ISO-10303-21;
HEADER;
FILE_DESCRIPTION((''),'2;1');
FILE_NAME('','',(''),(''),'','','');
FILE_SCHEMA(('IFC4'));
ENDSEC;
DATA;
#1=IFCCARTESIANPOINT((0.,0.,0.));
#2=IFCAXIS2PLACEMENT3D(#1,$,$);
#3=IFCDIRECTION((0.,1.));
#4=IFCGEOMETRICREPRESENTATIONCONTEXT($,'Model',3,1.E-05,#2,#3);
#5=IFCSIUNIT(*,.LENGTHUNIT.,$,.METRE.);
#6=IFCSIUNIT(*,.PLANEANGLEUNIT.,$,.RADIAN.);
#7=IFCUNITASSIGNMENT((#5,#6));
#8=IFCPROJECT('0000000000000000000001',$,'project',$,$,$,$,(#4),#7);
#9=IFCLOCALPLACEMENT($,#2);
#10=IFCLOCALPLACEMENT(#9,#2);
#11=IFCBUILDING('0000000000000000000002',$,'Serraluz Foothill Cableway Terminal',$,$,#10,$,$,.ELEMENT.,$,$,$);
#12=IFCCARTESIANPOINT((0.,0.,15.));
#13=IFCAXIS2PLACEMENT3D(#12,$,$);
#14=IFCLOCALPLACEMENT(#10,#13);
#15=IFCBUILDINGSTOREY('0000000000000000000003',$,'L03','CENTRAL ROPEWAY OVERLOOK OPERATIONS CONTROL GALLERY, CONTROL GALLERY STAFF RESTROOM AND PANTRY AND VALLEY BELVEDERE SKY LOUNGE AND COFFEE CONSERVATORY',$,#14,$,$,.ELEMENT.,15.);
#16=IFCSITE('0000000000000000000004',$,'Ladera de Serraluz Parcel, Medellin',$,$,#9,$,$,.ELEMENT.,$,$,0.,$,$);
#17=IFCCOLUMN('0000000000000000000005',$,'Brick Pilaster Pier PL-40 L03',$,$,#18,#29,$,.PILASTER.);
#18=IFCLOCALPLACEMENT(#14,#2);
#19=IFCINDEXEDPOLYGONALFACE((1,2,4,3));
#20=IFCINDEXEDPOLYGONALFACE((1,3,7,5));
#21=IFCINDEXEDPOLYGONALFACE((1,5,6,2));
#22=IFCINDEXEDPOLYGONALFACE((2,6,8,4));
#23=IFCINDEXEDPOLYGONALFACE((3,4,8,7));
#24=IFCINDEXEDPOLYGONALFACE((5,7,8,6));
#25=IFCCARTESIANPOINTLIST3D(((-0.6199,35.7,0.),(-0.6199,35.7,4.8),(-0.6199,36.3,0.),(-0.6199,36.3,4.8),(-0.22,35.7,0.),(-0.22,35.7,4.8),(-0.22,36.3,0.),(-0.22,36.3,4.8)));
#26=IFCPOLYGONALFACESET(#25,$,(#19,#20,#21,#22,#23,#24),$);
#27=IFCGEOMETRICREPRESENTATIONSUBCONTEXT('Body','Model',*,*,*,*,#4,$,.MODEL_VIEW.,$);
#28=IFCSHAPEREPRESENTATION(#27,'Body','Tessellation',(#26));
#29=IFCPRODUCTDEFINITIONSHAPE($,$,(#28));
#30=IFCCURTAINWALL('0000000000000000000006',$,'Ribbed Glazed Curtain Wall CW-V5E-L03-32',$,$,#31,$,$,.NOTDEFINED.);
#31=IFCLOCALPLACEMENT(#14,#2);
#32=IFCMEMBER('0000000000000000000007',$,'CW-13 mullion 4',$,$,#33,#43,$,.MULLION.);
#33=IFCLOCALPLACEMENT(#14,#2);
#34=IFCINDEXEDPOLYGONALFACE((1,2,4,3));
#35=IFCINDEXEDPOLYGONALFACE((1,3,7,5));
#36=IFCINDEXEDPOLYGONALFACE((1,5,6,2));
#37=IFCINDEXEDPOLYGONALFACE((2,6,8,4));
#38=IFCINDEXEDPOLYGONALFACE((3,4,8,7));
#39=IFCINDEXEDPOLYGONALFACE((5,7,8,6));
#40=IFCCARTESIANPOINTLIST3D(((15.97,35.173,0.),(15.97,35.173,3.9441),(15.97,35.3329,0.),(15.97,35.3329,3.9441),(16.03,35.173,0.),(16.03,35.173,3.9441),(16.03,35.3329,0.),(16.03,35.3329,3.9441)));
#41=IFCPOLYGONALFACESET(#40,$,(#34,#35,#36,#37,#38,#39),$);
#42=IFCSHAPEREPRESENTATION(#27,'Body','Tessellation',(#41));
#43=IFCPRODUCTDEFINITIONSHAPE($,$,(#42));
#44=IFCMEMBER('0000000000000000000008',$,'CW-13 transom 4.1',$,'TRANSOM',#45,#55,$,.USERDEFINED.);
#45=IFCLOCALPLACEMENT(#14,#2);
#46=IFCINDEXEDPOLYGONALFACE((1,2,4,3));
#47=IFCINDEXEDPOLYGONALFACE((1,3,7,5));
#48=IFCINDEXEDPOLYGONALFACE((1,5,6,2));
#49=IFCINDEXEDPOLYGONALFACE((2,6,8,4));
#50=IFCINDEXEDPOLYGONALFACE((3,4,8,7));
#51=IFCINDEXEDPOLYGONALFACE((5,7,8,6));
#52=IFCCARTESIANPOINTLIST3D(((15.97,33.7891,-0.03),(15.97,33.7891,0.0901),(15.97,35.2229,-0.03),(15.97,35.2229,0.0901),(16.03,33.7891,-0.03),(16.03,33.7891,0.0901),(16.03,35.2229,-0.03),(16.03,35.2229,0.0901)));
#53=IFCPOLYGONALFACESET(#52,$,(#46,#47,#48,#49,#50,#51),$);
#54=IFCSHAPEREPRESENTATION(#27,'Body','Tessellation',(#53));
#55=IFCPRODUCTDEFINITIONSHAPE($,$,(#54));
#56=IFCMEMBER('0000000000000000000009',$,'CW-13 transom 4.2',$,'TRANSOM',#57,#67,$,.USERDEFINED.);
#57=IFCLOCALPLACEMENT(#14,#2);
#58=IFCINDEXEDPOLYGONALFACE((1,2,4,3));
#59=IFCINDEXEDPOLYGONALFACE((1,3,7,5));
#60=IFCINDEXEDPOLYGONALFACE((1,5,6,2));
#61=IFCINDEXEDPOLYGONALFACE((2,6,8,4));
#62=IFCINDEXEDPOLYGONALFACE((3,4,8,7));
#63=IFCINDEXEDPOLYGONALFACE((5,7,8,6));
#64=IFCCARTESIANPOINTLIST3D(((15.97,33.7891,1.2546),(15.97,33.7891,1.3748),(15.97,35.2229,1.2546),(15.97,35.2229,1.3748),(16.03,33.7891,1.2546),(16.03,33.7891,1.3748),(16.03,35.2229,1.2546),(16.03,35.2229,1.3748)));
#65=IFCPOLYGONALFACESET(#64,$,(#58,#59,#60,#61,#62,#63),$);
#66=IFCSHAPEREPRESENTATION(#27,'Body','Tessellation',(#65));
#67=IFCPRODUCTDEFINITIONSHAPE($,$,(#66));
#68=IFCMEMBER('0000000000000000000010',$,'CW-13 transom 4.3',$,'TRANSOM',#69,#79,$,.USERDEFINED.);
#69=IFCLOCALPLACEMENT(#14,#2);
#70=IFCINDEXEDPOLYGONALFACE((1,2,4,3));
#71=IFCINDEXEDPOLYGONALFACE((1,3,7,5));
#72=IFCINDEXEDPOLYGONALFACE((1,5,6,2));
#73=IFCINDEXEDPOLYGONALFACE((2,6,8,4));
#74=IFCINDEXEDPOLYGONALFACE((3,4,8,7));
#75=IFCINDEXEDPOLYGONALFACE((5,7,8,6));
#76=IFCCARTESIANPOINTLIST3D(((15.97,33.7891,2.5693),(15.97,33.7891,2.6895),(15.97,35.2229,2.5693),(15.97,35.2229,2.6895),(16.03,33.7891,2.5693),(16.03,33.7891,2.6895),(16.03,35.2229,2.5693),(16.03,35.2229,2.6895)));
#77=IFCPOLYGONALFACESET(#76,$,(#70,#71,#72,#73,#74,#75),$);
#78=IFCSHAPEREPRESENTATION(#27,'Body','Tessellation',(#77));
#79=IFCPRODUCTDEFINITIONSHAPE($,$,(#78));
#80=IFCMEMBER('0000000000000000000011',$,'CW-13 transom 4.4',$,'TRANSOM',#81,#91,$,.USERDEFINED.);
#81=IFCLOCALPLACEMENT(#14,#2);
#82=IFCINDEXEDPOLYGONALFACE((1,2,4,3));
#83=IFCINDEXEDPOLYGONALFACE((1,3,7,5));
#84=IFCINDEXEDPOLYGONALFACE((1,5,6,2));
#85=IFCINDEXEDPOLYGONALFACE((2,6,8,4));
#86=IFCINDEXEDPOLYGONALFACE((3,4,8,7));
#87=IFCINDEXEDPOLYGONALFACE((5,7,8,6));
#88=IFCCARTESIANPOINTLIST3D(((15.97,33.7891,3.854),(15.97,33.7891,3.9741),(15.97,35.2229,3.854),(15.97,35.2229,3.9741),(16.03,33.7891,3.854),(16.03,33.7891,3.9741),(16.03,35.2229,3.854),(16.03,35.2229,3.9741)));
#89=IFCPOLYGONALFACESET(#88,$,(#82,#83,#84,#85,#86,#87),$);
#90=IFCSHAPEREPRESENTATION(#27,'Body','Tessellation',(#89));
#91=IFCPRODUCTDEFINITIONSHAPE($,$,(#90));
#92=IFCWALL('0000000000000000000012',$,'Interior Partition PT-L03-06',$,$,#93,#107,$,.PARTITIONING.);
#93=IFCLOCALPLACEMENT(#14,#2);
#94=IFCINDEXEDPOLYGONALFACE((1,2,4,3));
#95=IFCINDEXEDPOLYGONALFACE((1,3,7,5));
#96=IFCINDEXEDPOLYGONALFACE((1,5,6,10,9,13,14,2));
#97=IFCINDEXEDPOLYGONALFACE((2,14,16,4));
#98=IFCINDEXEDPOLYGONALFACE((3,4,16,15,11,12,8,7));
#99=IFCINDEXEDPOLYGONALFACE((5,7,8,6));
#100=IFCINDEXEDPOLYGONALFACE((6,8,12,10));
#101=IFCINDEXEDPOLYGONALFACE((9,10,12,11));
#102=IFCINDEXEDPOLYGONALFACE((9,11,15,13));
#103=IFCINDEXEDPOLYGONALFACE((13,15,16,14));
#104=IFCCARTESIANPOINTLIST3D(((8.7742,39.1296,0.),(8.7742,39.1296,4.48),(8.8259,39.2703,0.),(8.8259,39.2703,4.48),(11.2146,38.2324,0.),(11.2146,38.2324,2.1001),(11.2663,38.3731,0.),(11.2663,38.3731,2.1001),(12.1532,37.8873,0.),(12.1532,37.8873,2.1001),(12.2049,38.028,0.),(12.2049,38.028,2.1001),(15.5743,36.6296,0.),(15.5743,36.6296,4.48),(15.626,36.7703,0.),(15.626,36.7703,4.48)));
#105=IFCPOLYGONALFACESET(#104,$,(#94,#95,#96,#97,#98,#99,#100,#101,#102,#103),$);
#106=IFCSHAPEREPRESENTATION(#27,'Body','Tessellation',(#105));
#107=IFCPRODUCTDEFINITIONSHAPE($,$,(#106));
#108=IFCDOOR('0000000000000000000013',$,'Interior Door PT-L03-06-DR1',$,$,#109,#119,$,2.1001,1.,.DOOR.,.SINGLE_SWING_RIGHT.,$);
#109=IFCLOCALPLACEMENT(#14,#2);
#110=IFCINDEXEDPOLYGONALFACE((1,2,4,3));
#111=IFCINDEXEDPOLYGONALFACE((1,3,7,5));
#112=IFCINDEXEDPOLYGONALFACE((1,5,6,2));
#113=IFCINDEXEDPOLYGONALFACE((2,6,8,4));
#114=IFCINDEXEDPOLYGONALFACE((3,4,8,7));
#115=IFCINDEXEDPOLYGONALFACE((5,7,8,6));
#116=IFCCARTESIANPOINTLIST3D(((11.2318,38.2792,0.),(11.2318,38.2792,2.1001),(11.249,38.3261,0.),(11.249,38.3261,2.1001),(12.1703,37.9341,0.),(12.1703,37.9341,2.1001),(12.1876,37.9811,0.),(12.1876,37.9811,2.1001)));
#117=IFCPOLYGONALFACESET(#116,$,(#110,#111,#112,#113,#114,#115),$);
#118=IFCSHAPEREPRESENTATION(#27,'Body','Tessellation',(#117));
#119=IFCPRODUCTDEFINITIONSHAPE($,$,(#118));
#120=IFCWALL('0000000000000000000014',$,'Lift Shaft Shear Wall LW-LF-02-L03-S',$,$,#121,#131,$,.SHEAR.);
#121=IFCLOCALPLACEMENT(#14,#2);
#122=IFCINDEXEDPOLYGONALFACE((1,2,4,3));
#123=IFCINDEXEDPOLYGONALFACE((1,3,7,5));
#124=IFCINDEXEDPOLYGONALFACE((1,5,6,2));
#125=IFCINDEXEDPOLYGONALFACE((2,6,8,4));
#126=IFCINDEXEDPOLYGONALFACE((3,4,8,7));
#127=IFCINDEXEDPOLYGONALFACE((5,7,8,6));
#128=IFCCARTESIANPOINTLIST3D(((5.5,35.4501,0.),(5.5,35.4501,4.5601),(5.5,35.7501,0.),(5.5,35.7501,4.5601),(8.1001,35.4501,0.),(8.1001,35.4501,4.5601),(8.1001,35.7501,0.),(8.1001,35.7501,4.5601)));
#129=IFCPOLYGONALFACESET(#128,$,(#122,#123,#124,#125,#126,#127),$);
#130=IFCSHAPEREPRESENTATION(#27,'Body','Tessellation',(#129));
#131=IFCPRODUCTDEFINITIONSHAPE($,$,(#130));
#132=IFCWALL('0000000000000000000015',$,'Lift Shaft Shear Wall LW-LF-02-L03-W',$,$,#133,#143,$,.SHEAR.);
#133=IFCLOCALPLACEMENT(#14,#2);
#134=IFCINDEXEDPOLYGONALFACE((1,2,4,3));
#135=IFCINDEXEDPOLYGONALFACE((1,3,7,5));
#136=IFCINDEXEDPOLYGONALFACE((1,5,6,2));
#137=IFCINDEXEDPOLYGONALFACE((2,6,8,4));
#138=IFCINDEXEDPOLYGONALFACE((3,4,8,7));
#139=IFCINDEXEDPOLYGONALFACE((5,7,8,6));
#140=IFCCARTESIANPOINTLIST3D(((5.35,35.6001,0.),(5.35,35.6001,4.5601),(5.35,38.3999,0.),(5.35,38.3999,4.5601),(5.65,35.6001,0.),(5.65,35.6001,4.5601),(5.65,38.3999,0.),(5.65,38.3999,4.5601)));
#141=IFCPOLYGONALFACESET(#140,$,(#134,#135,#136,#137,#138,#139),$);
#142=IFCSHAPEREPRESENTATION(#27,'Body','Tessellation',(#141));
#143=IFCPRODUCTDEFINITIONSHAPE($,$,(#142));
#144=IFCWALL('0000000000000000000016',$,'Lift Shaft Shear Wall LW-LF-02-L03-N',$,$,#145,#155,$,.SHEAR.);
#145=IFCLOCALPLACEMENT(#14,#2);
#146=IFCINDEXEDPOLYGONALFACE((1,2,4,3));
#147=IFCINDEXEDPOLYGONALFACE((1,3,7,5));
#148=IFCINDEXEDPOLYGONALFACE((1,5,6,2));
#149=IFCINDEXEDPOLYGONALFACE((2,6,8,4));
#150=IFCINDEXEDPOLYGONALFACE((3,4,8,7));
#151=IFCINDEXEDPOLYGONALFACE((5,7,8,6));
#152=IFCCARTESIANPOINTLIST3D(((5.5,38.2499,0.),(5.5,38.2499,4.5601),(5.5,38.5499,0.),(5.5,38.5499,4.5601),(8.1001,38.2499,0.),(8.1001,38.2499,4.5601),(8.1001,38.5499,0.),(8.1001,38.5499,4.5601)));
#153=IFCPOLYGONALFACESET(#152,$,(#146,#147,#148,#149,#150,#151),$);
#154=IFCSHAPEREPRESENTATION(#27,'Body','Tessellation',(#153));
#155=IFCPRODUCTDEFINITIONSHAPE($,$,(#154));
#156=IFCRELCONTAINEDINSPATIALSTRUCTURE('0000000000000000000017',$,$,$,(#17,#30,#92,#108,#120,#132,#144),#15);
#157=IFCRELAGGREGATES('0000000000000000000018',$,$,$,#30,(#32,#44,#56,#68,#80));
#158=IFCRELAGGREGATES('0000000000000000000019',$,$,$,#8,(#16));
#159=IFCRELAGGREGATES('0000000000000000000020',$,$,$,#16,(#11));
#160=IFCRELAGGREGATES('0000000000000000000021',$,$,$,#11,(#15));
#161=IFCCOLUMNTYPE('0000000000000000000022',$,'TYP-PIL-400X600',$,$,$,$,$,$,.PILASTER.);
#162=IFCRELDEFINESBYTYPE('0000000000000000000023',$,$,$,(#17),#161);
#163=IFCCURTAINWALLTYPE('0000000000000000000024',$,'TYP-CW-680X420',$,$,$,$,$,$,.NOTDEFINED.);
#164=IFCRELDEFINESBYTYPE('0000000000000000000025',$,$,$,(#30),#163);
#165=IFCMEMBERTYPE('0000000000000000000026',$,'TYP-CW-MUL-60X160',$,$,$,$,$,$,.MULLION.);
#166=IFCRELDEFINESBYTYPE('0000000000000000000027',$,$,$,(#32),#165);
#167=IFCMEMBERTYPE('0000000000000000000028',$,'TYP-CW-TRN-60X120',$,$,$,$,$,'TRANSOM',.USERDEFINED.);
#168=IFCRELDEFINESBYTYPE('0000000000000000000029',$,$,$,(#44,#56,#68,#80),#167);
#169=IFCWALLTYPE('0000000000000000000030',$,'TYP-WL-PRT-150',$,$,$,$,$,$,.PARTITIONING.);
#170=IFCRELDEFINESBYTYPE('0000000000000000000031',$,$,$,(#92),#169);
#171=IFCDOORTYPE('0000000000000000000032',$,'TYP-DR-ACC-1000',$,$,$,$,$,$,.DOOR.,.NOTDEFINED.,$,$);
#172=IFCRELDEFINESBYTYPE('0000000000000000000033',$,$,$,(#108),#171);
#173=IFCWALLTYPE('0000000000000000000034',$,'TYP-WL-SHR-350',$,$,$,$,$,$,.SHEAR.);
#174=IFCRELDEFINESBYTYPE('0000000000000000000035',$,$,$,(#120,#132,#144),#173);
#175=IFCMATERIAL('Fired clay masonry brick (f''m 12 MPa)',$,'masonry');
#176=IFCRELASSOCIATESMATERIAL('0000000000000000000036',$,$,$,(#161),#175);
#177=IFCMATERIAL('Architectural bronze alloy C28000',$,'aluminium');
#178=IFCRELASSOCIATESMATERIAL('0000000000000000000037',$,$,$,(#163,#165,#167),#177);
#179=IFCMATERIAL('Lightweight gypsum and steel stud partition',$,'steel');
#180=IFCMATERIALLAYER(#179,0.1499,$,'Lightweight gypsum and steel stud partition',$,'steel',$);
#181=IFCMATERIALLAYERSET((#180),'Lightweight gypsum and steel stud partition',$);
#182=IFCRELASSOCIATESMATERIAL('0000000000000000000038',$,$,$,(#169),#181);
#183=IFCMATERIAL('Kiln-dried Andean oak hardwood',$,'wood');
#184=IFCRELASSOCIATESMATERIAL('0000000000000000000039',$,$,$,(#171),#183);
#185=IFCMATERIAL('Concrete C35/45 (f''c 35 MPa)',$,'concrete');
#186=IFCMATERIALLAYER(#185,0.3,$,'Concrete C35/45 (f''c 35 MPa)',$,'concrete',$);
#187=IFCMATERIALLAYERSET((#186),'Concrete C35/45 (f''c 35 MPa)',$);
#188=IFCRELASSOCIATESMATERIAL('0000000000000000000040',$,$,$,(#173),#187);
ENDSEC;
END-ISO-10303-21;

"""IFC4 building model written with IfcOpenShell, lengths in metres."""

from ifc_helpers import new_model, si_unit, direction, frame, frame_2d, origin, origin_2d, place, context, subcontext, project, spatial, rectangle, extrude, material, layer, layer_set, material_profile, profile_set, type_object, element, fill, aggregate, save


model = new_model("IFC4")

# Units and contexts
model_context = context("Model", 3, precision=1e-05, world=origin(), true_north=direction((0.0, 1.0)))
body_context = subcontext(model_context, "Body", "Model", "MODEL_VIEW")
ifc_project = project(units=[si_unit("LENGTHUNIT", "METRE"), si_unit("PLANEANGLEUNIT", "RADIAN")], contexts=[model_context])

# Site, building, storey
site_placement = place(None, origin())
site = spatial("IfcSite", under=ifc_project, at=site_placement, Name="Ladera de Serraluz Parcel, Medellin", CompositionType="ELEMENT", RefElevation=0.0)
building_placement = place(site_placement, origin())
building = spatial("IfcBuilding", under=site, at=building_placement, Name="Serraluz Foothill Cableway Terminal", CompositionType="ELEMENT")
storey_placement = place(building_placement, frame((0.0, 0.0, 15.0)))
storey = spatial("IfcBuildingStorey", under=building, at=storey_placement, Name="L03", Description="CENTRAL ROPEWAY OVERLOOK OPERATIONS CONTROL GALLERY, CONTROL GALLERY STAFF RESTROOM AND PANTRY AND VALLEY BELVEDERE SKY LOUNGE AND COFFEE CONSERVATORY", CompositionType="ELEMENT", Elevation=15.0)

# Column
ifc_material_1 = material(Name="Fired clay masonry brick (f'm 12 MPa)", Category="masonry")
ifc_material_profile_1 = material_profile(ifc_material_1, rectangle(XDim=0.3999, YDim=0.6001, at=origin_2d()), Name="PIL 400x600")
ifc_profile_set_1 = profile_set([ifc_material_profile_1], Name="Fired clay masonry brick (f'm 12 MPa)")
column_type = type_object("IfcColumnType", Name="TYP-PIL-400X600", PredefinedType="PILASTER", material=ifc_profile_set_1)
column_placement = place(storey_placement, frame((-0.4199, 36.0, 0.0), z_axis=(0.0, 0.0, 1.0), x_axis=(1.0, 0.0, 0.0)))
element("IfcColumn", 1, at=column_placement, inside=storey, type_object=column_type, Name="Brick Pilaster Pier PL-40 L03", PredefinedType="PILASTER", context=body_context, shape_type="SweptSolid", body=[
    extrude(rectangle(XDim=0.3999, YDim=0.6001, at=origin_2d()), origin(), (0.0, 0.0, 1.0), 4.8),
])

# Curtain wall, members
ifc_material_2 = material(Name="Architectural bronze alloy C28000", Category="aluminium")
curtain_wall_type = type_object("IfcCurtainWallType", Name="TYP-CW-680X420", PredefinedType="NOTDEFINED", material=ifc_material_2)
curtain_wall_placement = place(storey_placement, origin())
curtain_wall = element("IfcCurtainWall", 2, at=curtain_wall_placement, inside=storey, type_object=curtain_wall_type, Name="Ribbed Glazed Curtain Wall CW-V5E-L03-32", PredefinedType="NOTDEFINED")
ifc_material_profile_2 = material_profile(ifc_material_2, rectangle(XDim=0.0601, YDim=0.1599, at=origin_2d()), Name="ALU MULLION 60x160")
ifc_profile_set_2 = profile_set([ifc_material_profile_2], Name="Architectural bronze alloy C28000")
member_type_1 = type_object("IfcMemberType", Name="TYP-CW-MUL-60X160", PredefinedType="MULLION", material=ifc_profile_set_2)
member_1_placement = place(storey_placement, frame((16.0, 35.2529, 0.0), z_axis=(0.0, 0.0, 1.0), x_axis=(1.0, 0.0, 0.0)))
member_1 = element("IfcMember", 3, at=member_1_placement, type_object=member_type_1, Name="CW-13 mullion 4", PredefinedType="MULLION", context=body_context, shape_type="SweptSolid", body=[
    extrude(rectangle(XDim=0.0601, YDim=0.1599, at=origin_2d()), origin(), (0.0, 0.0, 1.0), 3.9441),
])
ifc_material_profile_3 = material_profile(ifc_material_2, rectangle(XDim=0.0601, YDim=0.1201, at=origin_2d()), Name="ALU TRANSOM 60x120")
ifc_profile_set_3 = profile_set([ifc_material_profile_3], Name="Architectural bronze alloy C28000")
member_type_2 = type_object("IfcMemberType", Name="TYP-CW-TRN-60X120", ElementType="TRANSOM", PredefinedType="USERDEFINED", material=ifc_profile_set_3)
member_2_placement = place(storey_placement, frame((16.0, 35.2229, 0.03), z_axis=(0.0, -1.0, 0.0), x_axis=(1.0, 0.0, 0.0)))
member_2 = element("IfcMember", 4, at=member_2_placement, type_object=member_type_2, Name="CW-13 transom 4.1", ObjectType="TRANSOM", PredefinedType="USERDEFINED", context=body_context, shape_type="SweptSolid", body=[
    extrude(rectangle(XDim=0.0601, YDim=0.1201, at=origin_2d()), origin(), (0.0, 0.0, 1.0), 1.4338),
])
member_3_placement = place(storey_placement, frame((16.0, 35.2229, 1.3147), z_axis=(0.0, -1.0, 0.0), x_axis=(1.0, 0.0, 0.0)))
member_3 = element("IfcMember", 5, at=member_3_placement, type_object=member_type_2, Name="CW-13 transom 4.2", ObjectType="TRANSOM", PredefinedType="USERDEFINED", context=body_context, shape_type="SweptSolid", body=[
    extrude(rectangle(XDim=0.0601, YDim=0.1201, at=origin_2d()), origin(), (0.0, 0.0, 1.0), 1.4338),
])
member_4_placement = place(storey_placement, frame((16.0, 35.2229, 2.6294), z_axis=(0.0, -1.0, 0.0), x_axis=(1.0, 0.0, 0.0)))
member_4 = element("IfcMember", 6, at=member_4_placement, type_object=member_type_2, Name="CW-13 transom 4.3", ObjectType="TRANSOM", PredefinedType="USERDEFINED", context=body_context, shape_type="SweptSolid", body=[
    extrude(rectangle(XDim=0.0601, YDim=0.1201, at=origin_2d()), origin(), (0.0, 0.0, 1.0), 1.4338),
])
member_5_placement = place(storey_placement, frame((16.0, 35.2229, 3.9141), z_axis=(0.0, -1.0, 0.0), x_axis=(1.0, 0.0, 0.0)))
member_5 = element("IfcMember", 7, at=member_5_placement, type_object=member_type_2, Name="CW-13 transom 4.4", ObjectType="TRANSOM", PredefinedType="USERDEFINED", context=body_context, shape_type="SweptSolid", body=[
    extrude(rectangle(XDim=0.0601, YDim=0.1201, at=origin_2d()), origin(), (0.0, 0.0, 1.0), 1.4338),
])
aggregate(curtain_wall, [member_1, member_2, member_3, member_4, member_5])

# Wall, opening, door
ifc_material_3 = material(Name="Lightweight gypsum and steel stud partition", Category="steel")
ifc_layer_1 = layer(ifc_material_3, 0.1499, Name="Lightweight gypsum and steel stud partition", Category="steel")
ifc_layer_set_1 = layer_set([ifc_layer_1], Name="Lightweight gypsum and steel stud partition")
wall_type_1 = type_object("IfcWallType", Name="TYP-WL-PRT-150", PredefinedType="PARTITIONING", material=ifc_layer_set_1)
wall_1_placement = place(storey_placement, frame((8.8, 39.2, 0.0), z_axis=(0.0, 0.0, 1.0), x_axis=(0.938579, -0.345063, 0.0)))
wall_1 = element("IfcWall", 8, at=wall_1_placement, inside=storey, type_object=wall_type_1, Name="Interior Partition PT-L03-06", PredefinedType="PARTITIONING", context=body_context, shape_type="SweptSolid", body=[
    extrude(rectangle(XDim=7.2451, YDim=0.1499, at=frame_2d((3.6226, 0.0))), origin(), (0.0, 0.0, 1.0), 4.48),
])
opening_1_placement = place(wall_1_placement, frame((2.6001, 0.0, 0.0)))
opening_1 = element("IfcOpeningElement", 9, at=opening_1_placement, cuts=wall_1, PredefinedType="OPENING", context=body_context, shape_type="SweptSolid", body=[
    extrude(rectangle(XDim=1.0, YDim=2.1001, at=frame_2d((0.5, 1.05))), frame((0.0, 0.085, 0.0), z_axis=(0.0, -1.0, 0.0), x_axis=(1.0, 0.0, 0.0)), (0.0, 0.0, 1.0), 0.1699),
])
ifc_material_4 = material(Name="Kiln-dried Andean oak hardwood", Category="wood")
door_type_1 = type_object("IfcDoorType", Name="TYP-DR-ACC-1000", OperationType="NOTDEFINED", PredefinedType="DOOR", material=ifc_material_4)
door_1_placement = place(opening_1_placement, origin())
door_1 = element("IfcDoor", 10, at=door_1_placement, inside=storey, type_object=door_type_1, Name="Interior Door PT-L03-06-DR1", OperationType="SINGLE_SWING_RIGHT", OverallHeight=2.1001, OverallWidth=1.0, PredefinedType="DOOR", context=body_context, shape_type="SweptSolid", body=[
    extrude(rectangle(XDim=1.0, YDim=2.1001, at=frame_2d((0.5, 1.05))), frame((0.0, 0.0249, 0.0), z_axis=(0.0, -1.0, 0.0), x_axis=(1.0, 0.0, 0.0)), (0.0, 0.0, 1.0), 0.05),
])
fill(opening_1, door_1)

# Walls
ifc_material_5 = material(Name="Concrete C35/45 (f'c 35 MPa)", Category="concrete")
ifc_layer_2 = layer(ifc_material_5, 0.3, Name="Concrete C35/45 (f'c 35 MPa)", Category="concrete")
ifc_layer_set_2 = layer_set([ifc_layer_2], Name="Concrete C35/45 (f'c 35 MPa)")
wall_type_2 = type_object("IfcWallType", Name="TYP-WL-SHR-350", PredefinedType="SHEAR", material=ifc_layer_set_2)
wall_2_placement = place(storey_placement, frame((8.1001, 35.6001, 0.0), z_axis=(0.0, 0.0, 1.0), x_axis=(-1.0, 0.0, 0.0)))
element("IfcWall", 11, at=wall_2_placement, inside=storey, type_object=wall_type_2, Name="Lift Shaft Shear Wall LW-LF-02-L03-S", PredefinedType="SHEAR", context=body_context, shape_type="SweptSolid", body=[
    extrude(rectangle(XDim=2.6001, YDim=0.3, at=frame_2d((1.3, 0.0))), origin(), (0.0, 0.0, 1.0), 4.5601),
])
wall_3_placement = place(storey_placement, frame((5.5, 35.6001, 0.0), z_axis=(0.0, 0.0, 1.0), x_axis=(0.0, 1.0, 0.0)))
element("IfcWall", 12, at=wall_3_placement, inside=storey, type_object=wall_type_2, Name="Lift Shaft Shear Wall LW-LF-02-L03-W", PredefinedType="SHEAR", context=body_context, shape_type="SweptSolid", body=[
    extrude(rectangle(XDim=2.7998, YDim=0.3, at=frame_2d((1.3999, 0.0))), origin(), (0.0, 0.0, 1.0), 4.5601),
])
wall_4_placement = place(storey_placement, frame((5.5, 38.3999, 0.0), z_axis=(0.0, 0.0, 1.0), x_axis=(1.0, 0.0, 0.0)))
element("IfcWall", 13, at=wall_4_placement, inside=storey, type_object=wall_type_2, Name="Lift Shaft Shear Wall LW-LF-02-L03-N", PredefinedType="SHEAR", context=body_context, shape_type="SweptSolid", body=[
    extrude(rectangle(XDim=2.6001, YDim=0.3, at=frame_2d((1.3, 0.0))), origin(), (0.0, 0.0, 1.0), 4.5601),
])

save(model, "model.ifc")
